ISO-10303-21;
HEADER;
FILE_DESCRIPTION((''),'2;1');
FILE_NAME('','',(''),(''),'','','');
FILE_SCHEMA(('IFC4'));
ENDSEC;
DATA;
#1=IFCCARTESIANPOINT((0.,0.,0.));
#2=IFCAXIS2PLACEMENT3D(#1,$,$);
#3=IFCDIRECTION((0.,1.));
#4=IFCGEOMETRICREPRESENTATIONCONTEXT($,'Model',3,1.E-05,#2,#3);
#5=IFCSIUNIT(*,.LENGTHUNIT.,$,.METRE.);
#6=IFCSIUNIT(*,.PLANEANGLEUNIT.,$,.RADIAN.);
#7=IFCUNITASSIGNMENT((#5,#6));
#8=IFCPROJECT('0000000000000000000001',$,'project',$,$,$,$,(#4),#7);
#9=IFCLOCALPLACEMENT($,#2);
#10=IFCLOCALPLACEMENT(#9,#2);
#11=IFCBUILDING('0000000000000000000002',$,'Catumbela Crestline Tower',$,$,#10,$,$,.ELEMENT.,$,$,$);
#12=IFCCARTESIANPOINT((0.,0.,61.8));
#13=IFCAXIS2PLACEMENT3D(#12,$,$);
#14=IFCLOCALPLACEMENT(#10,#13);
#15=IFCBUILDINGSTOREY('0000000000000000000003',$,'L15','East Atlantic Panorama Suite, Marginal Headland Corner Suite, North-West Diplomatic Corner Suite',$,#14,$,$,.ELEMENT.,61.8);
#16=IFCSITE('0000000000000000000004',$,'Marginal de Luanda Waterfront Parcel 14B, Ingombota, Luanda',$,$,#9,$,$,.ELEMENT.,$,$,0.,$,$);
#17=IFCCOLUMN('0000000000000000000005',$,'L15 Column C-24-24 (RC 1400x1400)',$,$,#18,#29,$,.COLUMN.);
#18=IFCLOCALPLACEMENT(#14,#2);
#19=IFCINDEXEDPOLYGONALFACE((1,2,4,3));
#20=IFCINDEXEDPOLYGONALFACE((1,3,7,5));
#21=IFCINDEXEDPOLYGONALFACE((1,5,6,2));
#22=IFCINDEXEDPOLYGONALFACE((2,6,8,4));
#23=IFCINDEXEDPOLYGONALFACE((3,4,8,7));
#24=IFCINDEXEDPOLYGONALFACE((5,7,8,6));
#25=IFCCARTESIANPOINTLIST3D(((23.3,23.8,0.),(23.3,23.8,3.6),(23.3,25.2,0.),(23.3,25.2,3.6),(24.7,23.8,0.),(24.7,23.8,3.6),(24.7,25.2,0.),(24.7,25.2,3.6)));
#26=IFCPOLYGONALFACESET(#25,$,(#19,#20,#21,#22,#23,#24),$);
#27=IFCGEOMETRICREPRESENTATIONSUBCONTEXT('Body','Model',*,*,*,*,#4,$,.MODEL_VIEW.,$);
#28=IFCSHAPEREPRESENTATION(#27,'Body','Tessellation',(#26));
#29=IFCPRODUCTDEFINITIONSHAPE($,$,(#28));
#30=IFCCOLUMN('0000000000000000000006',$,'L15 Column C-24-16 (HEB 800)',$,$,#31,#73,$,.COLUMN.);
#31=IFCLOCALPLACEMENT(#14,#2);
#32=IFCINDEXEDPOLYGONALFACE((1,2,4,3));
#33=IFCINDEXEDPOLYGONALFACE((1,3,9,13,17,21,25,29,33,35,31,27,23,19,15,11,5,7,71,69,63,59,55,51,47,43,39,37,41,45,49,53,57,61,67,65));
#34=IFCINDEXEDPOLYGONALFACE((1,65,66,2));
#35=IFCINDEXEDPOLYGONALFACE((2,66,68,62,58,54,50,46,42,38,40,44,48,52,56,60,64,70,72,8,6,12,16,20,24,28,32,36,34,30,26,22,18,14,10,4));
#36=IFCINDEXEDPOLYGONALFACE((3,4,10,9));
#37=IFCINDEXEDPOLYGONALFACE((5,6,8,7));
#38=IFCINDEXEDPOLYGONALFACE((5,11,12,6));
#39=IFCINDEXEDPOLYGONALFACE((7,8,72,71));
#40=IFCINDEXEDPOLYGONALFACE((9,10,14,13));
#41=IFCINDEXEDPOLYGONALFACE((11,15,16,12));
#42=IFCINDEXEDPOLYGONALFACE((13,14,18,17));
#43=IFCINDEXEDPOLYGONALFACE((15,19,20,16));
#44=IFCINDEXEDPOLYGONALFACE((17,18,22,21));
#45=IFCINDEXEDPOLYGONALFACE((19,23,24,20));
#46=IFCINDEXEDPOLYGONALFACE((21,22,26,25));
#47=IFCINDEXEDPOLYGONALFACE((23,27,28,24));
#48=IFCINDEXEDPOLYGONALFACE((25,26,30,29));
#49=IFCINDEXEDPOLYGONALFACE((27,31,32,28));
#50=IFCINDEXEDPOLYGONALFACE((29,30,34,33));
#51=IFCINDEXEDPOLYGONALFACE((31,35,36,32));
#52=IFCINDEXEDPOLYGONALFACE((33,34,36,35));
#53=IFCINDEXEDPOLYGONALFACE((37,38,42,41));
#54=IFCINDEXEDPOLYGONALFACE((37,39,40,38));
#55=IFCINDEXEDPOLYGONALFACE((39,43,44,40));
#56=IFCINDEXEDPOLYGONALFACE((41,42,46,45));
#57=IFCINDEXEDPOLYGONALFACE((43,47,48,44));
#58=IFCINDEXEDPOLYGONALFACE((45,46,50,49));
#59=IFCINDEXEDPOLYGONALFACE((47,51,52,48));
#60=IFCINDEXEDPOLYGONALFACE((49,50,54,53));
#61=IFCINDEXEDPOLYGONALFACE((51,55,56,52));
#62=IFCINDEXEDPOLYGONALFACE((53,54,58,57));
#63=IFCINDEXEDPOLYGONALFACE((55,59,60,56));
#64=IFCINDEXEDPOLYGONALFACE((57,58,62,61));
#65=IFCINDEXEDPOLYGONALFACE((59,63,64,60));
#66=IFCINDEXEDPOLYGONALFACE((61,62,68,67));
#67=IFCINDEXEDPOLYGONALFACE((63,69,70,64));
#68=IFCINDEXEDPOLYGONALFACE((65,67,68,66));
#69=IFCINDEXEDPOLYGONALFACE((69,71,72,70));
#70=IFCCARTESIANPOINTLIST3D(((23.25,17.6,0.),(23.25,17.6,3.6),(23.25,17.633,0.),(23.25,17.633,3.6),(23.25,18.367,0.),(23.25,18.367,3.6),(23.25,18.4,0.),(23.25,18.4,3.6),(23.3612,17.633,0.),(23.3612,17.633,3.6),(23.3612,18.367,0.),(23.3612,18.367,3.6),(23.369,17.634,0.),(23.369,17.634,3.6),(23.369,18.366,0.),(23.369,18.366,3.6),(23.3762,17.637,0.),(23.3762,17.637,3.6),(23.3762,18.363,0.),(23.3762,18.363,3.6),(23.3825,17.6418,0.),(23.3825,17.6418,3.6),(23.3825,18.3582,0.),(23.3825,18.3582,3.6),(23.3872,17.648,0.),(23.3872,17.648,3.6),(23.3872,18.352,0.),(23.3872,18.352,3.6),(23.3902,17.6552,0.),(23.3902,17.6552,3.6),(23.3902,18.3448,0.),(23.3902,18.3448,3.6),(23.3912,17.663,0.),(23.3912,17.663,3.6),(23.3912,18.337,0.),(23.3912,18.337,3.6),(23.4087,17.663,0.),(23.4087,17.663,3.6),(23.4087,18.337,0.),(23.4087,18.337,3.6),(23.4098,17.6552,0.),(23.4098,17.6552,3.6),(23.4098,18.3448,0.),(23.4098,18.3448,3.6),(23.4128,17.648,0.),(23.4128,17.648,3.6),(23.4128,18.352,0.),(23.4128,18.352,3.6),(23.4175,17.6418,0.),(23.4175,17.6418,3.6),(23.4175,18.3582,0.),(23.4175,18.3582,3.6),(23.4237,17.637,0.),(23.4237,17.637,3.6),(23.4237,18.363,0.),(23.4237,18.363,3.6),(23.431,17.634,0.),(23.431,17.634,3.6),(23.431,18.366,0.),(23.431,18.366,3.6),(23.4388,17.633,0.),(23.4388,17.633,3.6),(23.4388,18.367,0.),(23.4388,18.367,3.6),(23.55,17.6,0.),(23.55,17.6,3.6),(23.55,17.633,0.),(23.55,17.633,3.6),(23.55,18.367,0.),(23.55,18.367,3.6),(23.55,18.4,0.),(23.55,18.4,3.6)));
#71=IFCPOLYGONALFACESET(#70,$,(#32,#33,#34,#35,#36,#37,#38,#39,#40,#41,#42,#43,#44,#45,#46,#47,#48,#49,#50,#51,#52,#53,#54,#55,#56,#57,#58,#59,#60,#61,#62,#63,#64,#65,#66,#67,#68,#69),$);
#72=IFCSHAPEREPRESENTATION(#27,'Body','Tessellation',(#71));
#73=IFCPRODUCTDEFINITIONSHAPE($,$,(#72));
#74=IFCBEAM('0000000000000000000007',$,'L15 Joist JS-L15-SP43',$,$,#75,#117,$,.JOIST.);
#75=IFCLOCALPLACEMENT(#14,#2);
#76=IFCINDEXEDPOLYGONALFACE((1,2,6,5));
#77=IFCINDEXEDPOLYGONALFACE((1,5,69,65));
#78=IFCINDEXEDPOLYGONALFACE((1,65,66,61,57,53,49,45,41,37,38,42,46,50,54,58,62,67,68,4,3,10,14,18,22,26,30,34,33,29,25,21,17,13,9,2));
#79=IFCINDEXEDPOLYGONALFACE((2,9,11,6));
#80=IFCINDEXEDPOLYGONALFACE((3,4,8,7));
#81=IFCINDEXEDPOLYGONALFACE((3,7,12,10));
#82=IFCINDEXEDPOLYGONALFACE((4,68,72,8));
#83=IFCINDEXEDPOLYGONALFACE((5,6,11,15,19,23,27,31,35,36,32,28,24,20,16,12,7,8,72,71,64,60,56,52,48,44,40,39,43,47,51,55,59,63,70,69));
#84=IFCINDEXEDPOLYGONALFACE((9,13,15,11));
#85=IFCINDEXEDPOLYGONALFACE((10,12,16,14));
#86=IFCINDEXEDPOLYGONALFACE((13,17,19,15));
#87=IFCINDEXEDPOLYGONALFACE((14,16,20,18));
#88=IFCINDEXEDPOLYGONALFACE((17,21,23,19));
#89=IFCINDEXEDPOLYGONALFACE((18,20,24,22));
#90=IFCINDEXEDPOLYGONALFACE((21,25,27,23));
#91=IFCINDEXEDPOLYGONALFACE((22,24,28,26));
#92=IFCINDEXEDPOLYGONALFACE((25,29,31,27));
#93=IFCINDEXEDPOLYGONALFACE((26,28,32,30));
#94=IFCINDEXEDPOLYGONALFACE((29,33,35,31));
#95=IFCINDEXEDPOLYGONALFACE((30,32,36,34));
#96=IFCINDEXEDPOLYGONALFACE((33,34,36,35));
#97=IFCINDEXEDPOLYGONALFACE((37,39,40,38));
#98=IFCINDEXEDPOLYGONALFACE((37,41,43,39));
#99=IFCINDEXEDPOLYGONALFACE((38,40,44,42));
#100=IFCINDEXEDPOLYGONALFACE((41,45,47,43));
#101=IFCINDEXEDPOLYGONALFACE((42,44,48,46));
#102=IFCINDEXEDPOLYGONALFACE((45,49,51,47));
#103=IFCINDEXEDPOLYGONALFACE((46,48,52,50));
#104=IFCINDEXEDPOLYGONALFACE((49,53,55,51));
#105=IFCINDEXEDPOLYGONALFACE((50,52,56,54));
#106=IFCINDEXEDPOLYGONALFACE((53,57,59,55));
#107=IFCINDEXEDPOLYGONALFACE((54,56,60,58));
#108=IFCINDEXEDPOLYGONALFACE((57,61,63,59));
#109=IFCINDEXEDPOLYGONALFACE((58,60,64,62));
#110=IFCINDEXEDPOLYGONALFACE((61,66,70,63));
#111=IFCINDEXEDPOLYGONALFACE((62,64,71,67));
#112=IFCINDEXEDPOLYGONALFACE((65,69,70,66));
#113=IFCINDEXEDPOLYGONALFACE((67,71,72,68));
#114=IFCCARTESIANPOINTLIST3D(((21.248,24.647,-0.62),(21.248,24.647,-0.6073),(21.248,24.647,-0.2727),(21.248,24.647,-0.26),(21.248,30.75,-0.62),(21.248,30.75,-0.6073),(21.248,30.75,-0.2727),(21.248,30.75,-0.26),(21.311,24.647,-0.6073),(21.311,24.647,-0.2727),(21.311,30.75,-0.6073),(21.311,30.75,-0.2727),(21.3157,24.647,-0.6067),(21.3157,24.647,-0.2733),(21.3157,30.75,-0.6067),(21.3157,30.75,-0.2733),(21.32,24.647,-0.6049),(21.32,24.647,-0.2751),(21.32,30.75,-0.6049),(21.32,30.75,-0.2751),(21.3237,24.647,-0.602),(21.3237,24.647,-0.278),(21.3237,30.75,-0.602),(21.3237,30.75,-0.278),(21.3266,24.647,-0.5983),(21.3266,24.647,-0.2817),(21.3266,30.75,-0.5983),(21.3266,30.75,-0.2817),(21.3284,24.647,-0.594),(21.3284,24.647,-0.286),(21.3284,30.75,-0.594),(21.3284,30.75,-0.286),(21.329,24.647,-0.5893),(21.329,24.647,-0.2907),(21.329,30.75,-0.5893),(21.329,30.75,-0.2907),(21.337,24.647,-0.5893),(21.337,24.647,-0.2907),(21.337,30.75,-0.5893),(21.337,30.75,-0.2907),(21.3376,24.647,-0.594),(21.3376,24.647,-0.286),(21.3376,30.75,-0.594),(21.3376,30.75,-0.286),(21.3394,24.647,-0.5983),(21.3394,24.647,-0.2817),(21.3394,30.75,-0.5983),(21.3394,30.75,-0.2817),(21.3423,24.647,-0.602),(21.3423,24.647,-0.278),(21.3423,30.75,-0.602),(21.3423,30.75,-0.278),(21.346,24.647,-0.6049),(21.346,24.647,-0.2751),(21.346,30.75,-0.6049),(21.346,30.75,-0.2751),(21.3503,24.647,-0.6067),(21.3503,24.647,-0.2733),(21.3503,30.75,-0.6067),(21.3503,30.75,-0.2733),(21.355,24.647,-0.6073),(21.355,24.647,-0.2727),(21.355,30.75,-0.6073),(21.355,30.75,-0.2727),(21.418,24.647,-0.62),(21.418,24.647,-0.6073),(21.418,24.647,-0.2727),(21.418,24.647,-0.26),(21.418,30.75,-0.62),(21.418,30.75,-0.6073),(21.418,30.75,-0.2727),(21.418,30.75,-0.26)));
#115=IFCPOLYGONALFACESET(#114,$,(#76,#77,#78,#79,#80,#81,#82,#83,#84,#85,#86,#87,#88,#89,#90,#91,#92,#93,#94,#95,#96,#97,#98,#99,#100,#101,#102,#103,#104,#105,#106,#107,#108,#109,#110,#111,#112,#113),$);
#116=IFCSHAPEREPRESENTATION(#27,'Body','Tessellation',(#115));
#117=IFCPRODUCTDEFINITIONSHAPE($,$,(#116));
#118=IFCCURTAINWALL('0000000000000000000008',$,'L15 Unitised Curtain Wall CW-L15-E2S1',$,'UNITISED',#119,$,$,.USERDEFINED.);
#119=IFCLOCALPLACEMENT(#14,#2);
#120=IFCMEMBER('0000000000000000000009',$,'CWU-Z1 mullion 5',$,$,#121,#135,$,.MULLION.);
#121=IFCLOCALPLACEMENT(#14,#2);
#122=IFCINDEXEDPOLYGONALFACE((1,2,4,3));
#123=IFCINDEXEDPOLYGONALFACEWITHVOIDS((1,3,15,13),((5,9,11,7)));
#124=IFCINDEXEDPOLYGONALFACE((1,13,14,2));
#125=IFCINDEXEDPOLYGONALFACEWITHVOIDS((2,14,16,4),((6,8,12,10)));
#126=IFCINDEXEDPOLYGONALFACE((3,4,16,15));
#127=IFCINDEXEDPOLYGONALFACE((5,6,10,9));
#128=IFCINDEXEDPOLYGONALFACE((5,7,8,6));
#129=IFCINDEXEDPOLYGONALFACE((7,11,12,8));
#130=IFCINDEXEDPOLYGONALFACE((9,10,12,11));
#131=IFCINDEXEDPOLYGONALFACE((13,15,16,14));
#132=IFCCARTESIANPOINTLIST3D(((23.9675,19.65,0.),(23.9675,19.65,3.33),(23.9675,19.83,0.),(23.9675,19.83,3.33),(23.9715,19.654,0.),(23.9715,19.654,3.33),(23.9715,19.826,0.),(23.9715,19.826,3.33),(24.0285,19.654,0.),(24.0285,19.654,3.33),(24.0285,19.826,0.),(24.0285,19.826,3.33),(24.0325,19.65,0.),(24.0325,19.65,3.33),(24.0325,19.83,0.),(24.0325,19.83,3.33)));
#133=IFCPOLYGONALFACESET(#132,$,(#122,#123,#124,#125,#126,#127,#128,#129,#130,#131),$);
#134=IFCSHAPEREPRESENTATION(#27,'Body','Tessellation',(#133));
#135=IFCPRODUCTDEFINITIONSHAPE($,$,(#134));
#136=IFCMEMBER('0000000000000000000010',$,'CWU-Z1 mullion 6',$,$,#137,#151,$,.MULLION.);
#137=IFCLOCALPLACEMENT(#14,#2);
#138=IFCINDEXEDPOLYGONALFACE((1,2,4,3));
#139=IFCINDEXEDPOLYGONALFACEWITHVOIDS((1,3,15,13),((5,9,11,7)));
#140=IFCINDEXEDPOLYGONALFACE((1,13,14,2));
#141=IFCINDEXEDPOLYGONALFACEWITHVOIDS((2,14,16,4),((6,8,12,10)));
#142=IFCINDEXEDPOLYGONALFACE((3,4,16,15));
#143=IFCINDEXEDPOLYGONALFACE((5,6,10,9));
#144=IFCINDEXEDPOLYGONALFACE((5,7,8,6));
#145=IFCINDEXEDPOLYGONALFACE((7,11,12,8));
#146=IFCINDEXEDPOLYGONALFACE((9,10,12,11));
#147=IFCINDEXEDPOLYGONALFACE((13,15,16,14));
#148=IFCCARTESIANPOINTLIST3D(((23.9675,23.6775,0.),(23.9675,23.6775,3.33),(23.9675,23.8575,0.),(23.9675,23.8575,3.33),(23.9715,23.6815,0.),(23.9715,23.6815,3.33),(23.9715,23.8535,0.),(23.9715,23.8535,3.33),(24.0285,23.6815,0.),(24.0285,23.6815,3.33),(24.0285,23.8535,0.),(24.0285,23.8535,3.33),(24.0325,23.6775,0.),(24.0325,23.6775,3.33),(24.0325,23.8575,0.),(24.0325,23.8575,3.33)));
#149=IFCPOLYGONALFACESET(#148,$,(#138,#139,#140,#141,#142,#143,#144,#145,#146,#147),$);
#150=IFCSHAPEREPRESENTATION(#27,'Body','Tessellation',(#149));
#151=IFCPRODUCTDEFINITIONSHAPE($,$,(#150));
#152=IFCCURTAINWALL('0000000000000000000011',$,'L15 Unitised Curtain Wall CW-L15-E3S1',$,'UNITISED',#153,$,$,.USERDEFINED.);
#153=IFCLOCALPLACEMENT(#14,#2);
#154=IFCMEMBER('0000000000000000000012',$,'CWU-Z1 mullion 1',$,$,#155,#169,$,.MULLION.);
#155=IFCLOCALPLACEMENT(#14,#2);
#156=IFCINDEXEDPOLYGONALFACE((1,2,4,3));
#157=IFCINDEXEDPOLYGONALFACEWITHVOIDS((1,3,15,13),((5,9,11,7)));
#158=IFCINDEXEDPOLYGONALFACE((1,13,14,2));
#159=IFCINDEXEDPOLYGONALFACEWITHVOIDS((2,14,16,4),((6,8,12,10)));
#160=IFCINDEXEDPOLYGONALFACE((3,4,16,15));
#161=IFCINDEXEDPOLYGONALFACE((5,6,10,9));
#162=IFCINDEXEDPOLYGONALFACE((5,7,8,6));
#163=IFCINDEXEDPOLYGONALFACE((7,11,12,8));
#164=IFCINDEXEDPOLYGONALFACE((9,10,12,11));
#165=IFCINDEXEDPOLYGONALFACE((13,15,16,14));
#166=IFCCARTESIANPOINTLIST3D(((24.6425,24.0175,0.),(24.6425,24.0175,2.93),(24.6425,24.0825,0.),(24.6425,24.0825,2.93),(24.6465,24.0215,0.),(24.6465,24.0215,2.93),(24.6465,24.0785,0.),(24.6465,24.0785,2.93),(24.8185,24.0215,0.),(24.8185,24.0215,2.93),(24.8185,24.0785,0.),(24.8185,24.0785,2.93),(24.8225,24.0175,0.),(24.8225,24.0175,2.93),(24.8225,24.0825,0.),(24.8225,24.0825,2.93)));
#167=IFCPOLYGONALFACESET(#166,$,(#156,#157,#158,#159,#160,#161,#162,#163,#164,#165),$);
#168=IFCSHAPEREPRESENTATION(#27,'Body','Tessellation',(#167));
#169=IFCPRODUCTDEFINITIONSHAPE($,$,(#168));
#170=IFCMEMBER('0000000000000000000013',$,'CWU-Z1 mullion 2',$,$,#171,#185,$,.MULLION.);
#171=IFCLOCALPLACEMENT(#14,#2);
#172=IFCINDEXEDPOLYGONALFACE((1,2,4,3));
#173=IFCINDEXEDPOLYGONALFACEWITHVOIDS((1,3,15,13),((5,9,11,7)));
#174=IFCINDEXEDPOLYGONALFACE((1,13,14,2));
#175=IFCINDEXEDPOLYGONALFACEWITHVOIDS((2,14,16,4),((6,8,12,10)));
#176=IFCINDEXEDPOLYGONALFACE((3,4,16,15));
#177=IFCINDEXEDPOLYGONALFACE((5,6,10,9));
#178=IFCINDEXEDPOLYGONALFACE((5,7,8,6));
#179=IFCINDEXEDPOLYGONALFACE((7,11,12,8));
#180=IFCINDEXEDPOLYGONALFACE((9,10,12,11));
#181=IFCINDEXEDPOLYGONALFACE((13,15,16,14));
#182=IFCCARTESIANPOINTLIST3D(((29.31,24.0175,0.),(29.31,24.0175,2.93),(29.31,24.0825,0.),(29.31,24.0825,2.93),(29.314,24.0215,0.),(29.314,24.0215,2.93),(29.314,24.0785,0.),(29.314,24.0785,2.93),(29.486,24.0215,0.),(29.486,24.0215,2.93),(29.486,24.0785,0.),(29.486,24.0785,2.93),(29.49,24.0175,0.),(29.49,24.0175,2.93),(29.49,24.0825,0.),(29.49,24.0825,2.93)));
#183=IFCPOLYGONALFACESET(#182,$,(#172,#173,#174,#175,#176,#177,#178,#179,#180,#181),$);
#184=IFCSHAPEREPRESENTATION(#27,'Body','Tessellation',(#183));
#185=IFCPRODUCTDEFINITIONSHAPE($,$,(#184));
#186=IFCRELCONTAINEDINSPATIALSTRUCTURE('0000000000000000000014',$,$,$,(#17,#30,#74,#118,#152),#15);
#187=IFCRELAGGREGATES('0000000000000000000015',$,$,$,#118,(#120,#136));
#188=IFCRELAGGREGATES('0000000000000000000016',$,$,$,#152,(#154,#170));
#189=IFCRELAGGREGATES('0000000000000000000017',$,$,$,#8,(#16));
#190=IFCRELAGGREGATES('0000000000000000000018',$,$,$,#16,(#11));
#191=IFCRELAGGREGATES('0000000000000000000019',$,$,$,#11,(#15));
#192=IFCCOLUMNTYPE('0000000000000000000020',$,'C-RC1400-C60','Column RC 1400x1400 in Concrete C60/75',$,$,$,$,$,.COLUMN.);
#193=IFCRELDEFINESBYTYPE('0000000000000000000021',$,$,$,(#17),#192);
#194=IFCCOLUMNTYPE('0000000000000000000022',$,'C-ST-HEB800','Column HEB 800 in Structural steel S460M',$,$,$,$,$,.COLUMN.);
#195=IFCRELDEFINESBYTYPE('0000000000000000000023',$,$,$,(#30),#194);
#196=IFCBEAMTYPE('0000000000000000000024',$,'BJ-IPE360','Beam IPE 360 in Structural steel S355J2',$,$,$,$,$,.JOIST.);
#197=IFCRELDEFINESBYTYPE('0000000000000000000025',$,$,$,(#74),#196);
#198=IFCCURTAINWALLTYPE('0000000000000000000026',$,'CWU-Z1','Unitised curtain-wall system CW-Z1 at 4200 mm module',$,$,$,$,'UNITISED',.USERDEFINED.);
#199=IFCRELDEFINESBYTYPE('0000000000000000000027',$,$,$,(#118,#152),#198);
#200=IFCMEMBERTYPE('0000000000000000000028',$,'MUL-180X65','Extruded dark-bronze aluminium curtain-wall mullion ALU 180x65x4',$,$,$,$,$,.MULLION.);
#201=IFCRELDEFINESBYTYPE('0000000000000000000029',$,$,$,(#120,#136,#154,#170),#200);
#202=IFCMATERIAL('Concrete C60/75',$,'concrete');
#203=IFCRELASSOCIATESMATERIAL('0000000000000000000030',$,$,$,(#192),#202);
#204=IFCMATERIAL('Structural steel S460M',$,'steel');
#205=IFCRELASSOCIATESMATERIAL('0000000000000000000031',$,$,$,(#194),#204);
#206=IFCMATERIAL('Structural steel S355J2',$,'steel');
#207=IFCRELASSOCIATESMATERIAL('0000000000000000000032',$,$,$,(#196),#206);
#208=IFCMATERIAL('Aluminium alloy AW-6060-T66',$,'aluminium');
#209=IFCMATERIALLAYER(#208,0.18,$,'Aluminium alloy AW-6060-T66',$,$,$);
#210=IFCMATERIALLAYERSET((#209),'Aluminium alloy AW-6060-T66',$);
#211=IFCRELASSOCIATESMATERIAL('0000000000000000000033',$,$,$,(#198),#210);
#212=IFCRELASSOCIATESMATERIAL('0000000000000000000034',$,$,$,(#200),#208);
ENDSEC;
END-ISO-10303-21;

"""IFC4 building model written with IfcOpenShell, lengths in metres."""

from ifc_helpers import new_model, si_unit, direction, frame, origin, origin_2d, place, context, subcontext, project, spatial, rectangle, hollow_rectangle, i_section, extrude, material, layer, layer_set, material_profile, profile_set, type_object, element, aggregate, save


model = new_model("IFC4")

# Units and contexts
model_context = context("Model", 3, precision=1e-05, world=origin(), true_north=direction((0.0, 1.0)))
body_context = subcontext(model_context, "Body", "Model", "MODEL_VIEW")
ifc_project = project(units=[si_unit("LENGTHUNIT", "METRE"), si_unit("PLANEANGLEUNIT", "RADIAN")], contexts=[model_context])

# Site, building, storey
site_placement = place(None, origin())
site = spatial("IfcSite", under=ifc_project, at=site_placement, Name="Marginal de Luanda Waterfront Parcel 14B, Ingombota, Luanda", CompositionType="ELEMENT", RefElevation=0.0)
building_placement = place(site_placement, origin())
building = spatial("IfcBuilding", under=site, at=building_placement, Name="Catumbela Crestline Tower", CompositionType="ELEMENT")
storey_placement = place(building_placement, frame((0.0, 0.0, 61.8)))
storey = spatial("IfcBuildingStorey", under=building, at=storey_placement, Name="L15", Description="East Atlantic Panorama Suite, Marginal Headland Corner Suite, North-West Diplomatic Corner Suite", CompositionType="ELEMENT", Elevation=61.8)

# Columns
ifc_material_1 = material(Name="Concrete C60/75", Category="concrete")
ifc_material_profile_1 = material_profile(ifc_material_1, rectangle(XDim=1.4, YDim=1.4, at=origin_2d()), Name="RC 1400x1400")
ifc_profile_set_1 = profile_set([ifc_material_profile_1], Name="Concrete C60/75")
column_type_1 = type_object("IfcColumnType", Name="C-RC1400-C60", Description="Column RC 1400x1400 in Concrete C60/75", PredefinedType="COLUMN", material=ifc_profile_set_1)
column_1_placement = place(storey_placement, frame((24.0, 24.5, 0.0), z_axis=(0.0, 0.0, 1.0), x_axis=(1.0, 0.0, 0.0)))
element("IfcColumn", 1, at=column_1_placement, inside=storey, type_object=column_type_1, Name="L15 Column C-24-24 (RC 1400x1400)", PredefinedType="COLUMN", context=body_context, shape_type="SweptSolid", body=[
    extrude(rectangle(XDim=1.4, YDim=1.4, at=origin_2d()), origin(), (0.0, 0.0, 1.0), 3.6),
])
ifc_material_2 = material(Name="Structural steel S460M", Category="steel")
ifc_material_profile_2 = material_profile(ifc_material_2, i_section(OverallWidth=0.3, OverallDepth=0.8, WebThickness=0.0175, FlangeThickness=0.033, FilletRadius=0.03, at=origin_2d()), Name="HEB 800")
ifc_profile_set_2 = profile_set([ifc_material_profile_2], Name="Structural steel S460M")
column_type_2 = type_object("IfcColumnType", Name="C-ST-HEB800", Description="Column HEB 800 in Structural steel S460M", PredefinedType="COLUMN", material=ifc_profile_set_2)
column_2_placement = place(storey_placement, frame((23.4, 18.0, 0.0), z_axis=(0.0, 0.0, 1.0), x_axis=(1.0, 0.0, 0.0)))
element("IfcColumn", 2, at=column_2_placement, inside=storey, type_object=column_type_2, Name="L15 Column C-24-16 (HEB 800)", PredefinedType="COLUMN", context=body_context, shape_type="SweptSolid", body=[
    extrude(i_section(OverallWidth=0.3, OverallDepth=0.8, WebThickness=0.0175, FlangeThickness=0.033, FilletRadius=0.03, at=origin_2d()), origin(), (0.0, 0.0, 1.0), 3.6),
])

# Beam
ifc_material_3 = material(Name="Structural steel S355J2", Category="steel")
ifc_material_profile_3 = material_profile(ifc_material_3, i_section(OverallWidth=0.17, OverallDepth=0.36, WebThickness=0.008, FlangeThickness=0.0127, FilletRadius=0.018, at=origin_2d()), Name="IPE 360")
ifc_profile_set_3 = profile_set([ifc_material_profile_3], Name="Structural steel S355J2")
beam_type_1 = type_object("IfcBeamType", Name="BJ-IPE360", Description="Beam IPE 360 in Structural steel S355J2", PredefinedType="JOIST", material=ifc_profile_set_3)
beam_1_placement = place(storey_placement, frame((21.333, 24.647, -0.44), z_axis=(0.0, 1.0, 0.0), x_axis=(-1.0, 0.0, 0.0)))
element("IfcBeam", 3, at=beam_1_placement, inside=storey, type_object=beam_type_1, Name="L15 Joist JS-L15-SP43", PredefinedType="JOIST", context=body_context, shape_type="SweptSolid", body=[
    extrude(i_section(OverallWidth=0.17, OverallDepth=0.36, WebThickness=0.008, FlangeThickness=0.0127, FilletRadius=0.018, at=origin_2d()), origin(), (0.0, 0.0, 1.0), 6.103),
])

# Curtain walls, members
ifc_material_4 = material(Name="Aluminium alloy AW-6060-T66", Category="aluminium")
ifc_layer_1 = layer(ifc_material_4, 0.18, Name="Aluminium alloy AW-6060-T66")
ifc_layer_set_1 = layer_set([ifc_layer_1], Name="Aluminium alloy AW-6060-T66")
curtain_wall_type = type_object("IfcCurtainWallType", Name="CWU-Z1", Description="Unitised curtain-wall system CW-Z1 at 4200 mm module", ElementType="UNITISED", PredefinedType="USERDEFINED", material=ifc_layer_set_1)
curtain_wall_1_placement = place(storey_placement, origin())
curtain_wall_1 = element("IfcCurtainWall", 4, at=curtain_wall_1_placement, inside=storey, type_object=curtain_wall_type, Name="L15 Unitised Curtain Wall CW-L15-E2S1", ObjectType="UNITISED", PredefinedType="USERDEFINED")
ifc_material_profile_4 = material_profile(ifc_material_4, hollow_rectangle(XDim=0.065, YDim=0.18, WallThickness=0.004, at=origin_2d()), Name="ALU 180x65x4")
ifc_profile_set_4 = profile_set([ifc_material_profile_4], Name="Aluminium alloy AW-6060-T66")
member_type_1 = type_object("IfcMemberType", Name="MUL-180X65", Description="Extruded dark-bronze aluminium curtain-wall mullion ALU 180x65x4", PredefinedType="MULLION", material=ifc_profile_set_4)
member_1_placement = place(storey_placement, frame((24.0, 19.74, 0.0), z_axis=(0.0, 0.0, 1.0), x_axis=(-1.0, 0.0, 0.0)))
member_1 = element("IfcMember", 5, at=member_1_placement, type_object=member_type_1, Name="CWU-Z1 mullion 5", PredefinedType="MULLION", context=body_context, shape_type="SweptSolid", body=[
    extrude(hollow_rectangle(XDim=0.065, YDim=0.18, WallThickness=0.004, at=origin_2d()), origin(), (0.0, 0.0, 1.0), 3.33),
])
member_2_placement = place(storey_placement, frame((24.0, 23.7675, 0.0), z_axis=(0.0, 0.0, 1.0), x_axis=(-1.0, 0.0, 0.0)))
member_2 = element("IfcMember", 6, at=member_2_placement, type_object=member_type_1, Name="CWU-Z1 mullion 6", PredefinedType="MULLION", context=body_context, shape_type="SweptSolid", body=[
    extrude(hollow_rectangle(XDim=0.065, YDim=0.18, WallThickness=0.004, at=origin_2d()), origin(), (0.0, 0.0, 1.0), 3.33),
])
curtain_wall_2_placement = place(storey_placement, origin())
curtain_wall_2 = element("IfcCurtainWall", 7, at=curtain_wall_2_placement, inside=storey, type_object=curtain_wall_type, Name="L15 Unitised Curtain Wall CW-L15-E3S1", ObjectType="UNITISED", PredefinedType="USERDEFINED")
member_3_placement = place(storey_placement, frame((24.7325, 24.05, 0.0), z_axis=(0.0, 0.0, 1.0), x_axis=(0.0, 1.0, 0.0)))
member_3 = element("IfcMember", 8, at=member_3_placement, type_object=member_type_1, Name="CWU-Z1 mullion 1", PredefinedType="MULLION", context=body_context, shape_type="SweptSolid", body=[
    extrude(hollow_rectangle(XDim=0.065, YDim=0.18, WallThickness=0.004, at=origin_2d()), origin(), (0.0, 0.0, 1.0), 2.93),
])
member_4_placement = place(storey_placement, frame((29.4, 24.05, 0.0), z_axis=(0.0, 0.0, 1.0), x_axis=(0.0, 1.0, 0.0)))
member_4 = element("IfcMember", 9, at=member_4_placement, type_object=member_type_1, Name="CWU-Z1 mullion 2", PredefinedType="MULLION", context=body_context, shape_type="SweptSolid", body=[
    extrude(hollow_rectangle(XDim=0.065, YDim=0.18, WallThickness=0.004, at=origin_2d()), origin(), (0.0, 0.0, 1.0), 2.93),
])

aggregate(curtain_wall_1, [member_1, member_2])
aggregate(curtain_wall_2, [member_3, member_4])

save(model, "model.ifc")
